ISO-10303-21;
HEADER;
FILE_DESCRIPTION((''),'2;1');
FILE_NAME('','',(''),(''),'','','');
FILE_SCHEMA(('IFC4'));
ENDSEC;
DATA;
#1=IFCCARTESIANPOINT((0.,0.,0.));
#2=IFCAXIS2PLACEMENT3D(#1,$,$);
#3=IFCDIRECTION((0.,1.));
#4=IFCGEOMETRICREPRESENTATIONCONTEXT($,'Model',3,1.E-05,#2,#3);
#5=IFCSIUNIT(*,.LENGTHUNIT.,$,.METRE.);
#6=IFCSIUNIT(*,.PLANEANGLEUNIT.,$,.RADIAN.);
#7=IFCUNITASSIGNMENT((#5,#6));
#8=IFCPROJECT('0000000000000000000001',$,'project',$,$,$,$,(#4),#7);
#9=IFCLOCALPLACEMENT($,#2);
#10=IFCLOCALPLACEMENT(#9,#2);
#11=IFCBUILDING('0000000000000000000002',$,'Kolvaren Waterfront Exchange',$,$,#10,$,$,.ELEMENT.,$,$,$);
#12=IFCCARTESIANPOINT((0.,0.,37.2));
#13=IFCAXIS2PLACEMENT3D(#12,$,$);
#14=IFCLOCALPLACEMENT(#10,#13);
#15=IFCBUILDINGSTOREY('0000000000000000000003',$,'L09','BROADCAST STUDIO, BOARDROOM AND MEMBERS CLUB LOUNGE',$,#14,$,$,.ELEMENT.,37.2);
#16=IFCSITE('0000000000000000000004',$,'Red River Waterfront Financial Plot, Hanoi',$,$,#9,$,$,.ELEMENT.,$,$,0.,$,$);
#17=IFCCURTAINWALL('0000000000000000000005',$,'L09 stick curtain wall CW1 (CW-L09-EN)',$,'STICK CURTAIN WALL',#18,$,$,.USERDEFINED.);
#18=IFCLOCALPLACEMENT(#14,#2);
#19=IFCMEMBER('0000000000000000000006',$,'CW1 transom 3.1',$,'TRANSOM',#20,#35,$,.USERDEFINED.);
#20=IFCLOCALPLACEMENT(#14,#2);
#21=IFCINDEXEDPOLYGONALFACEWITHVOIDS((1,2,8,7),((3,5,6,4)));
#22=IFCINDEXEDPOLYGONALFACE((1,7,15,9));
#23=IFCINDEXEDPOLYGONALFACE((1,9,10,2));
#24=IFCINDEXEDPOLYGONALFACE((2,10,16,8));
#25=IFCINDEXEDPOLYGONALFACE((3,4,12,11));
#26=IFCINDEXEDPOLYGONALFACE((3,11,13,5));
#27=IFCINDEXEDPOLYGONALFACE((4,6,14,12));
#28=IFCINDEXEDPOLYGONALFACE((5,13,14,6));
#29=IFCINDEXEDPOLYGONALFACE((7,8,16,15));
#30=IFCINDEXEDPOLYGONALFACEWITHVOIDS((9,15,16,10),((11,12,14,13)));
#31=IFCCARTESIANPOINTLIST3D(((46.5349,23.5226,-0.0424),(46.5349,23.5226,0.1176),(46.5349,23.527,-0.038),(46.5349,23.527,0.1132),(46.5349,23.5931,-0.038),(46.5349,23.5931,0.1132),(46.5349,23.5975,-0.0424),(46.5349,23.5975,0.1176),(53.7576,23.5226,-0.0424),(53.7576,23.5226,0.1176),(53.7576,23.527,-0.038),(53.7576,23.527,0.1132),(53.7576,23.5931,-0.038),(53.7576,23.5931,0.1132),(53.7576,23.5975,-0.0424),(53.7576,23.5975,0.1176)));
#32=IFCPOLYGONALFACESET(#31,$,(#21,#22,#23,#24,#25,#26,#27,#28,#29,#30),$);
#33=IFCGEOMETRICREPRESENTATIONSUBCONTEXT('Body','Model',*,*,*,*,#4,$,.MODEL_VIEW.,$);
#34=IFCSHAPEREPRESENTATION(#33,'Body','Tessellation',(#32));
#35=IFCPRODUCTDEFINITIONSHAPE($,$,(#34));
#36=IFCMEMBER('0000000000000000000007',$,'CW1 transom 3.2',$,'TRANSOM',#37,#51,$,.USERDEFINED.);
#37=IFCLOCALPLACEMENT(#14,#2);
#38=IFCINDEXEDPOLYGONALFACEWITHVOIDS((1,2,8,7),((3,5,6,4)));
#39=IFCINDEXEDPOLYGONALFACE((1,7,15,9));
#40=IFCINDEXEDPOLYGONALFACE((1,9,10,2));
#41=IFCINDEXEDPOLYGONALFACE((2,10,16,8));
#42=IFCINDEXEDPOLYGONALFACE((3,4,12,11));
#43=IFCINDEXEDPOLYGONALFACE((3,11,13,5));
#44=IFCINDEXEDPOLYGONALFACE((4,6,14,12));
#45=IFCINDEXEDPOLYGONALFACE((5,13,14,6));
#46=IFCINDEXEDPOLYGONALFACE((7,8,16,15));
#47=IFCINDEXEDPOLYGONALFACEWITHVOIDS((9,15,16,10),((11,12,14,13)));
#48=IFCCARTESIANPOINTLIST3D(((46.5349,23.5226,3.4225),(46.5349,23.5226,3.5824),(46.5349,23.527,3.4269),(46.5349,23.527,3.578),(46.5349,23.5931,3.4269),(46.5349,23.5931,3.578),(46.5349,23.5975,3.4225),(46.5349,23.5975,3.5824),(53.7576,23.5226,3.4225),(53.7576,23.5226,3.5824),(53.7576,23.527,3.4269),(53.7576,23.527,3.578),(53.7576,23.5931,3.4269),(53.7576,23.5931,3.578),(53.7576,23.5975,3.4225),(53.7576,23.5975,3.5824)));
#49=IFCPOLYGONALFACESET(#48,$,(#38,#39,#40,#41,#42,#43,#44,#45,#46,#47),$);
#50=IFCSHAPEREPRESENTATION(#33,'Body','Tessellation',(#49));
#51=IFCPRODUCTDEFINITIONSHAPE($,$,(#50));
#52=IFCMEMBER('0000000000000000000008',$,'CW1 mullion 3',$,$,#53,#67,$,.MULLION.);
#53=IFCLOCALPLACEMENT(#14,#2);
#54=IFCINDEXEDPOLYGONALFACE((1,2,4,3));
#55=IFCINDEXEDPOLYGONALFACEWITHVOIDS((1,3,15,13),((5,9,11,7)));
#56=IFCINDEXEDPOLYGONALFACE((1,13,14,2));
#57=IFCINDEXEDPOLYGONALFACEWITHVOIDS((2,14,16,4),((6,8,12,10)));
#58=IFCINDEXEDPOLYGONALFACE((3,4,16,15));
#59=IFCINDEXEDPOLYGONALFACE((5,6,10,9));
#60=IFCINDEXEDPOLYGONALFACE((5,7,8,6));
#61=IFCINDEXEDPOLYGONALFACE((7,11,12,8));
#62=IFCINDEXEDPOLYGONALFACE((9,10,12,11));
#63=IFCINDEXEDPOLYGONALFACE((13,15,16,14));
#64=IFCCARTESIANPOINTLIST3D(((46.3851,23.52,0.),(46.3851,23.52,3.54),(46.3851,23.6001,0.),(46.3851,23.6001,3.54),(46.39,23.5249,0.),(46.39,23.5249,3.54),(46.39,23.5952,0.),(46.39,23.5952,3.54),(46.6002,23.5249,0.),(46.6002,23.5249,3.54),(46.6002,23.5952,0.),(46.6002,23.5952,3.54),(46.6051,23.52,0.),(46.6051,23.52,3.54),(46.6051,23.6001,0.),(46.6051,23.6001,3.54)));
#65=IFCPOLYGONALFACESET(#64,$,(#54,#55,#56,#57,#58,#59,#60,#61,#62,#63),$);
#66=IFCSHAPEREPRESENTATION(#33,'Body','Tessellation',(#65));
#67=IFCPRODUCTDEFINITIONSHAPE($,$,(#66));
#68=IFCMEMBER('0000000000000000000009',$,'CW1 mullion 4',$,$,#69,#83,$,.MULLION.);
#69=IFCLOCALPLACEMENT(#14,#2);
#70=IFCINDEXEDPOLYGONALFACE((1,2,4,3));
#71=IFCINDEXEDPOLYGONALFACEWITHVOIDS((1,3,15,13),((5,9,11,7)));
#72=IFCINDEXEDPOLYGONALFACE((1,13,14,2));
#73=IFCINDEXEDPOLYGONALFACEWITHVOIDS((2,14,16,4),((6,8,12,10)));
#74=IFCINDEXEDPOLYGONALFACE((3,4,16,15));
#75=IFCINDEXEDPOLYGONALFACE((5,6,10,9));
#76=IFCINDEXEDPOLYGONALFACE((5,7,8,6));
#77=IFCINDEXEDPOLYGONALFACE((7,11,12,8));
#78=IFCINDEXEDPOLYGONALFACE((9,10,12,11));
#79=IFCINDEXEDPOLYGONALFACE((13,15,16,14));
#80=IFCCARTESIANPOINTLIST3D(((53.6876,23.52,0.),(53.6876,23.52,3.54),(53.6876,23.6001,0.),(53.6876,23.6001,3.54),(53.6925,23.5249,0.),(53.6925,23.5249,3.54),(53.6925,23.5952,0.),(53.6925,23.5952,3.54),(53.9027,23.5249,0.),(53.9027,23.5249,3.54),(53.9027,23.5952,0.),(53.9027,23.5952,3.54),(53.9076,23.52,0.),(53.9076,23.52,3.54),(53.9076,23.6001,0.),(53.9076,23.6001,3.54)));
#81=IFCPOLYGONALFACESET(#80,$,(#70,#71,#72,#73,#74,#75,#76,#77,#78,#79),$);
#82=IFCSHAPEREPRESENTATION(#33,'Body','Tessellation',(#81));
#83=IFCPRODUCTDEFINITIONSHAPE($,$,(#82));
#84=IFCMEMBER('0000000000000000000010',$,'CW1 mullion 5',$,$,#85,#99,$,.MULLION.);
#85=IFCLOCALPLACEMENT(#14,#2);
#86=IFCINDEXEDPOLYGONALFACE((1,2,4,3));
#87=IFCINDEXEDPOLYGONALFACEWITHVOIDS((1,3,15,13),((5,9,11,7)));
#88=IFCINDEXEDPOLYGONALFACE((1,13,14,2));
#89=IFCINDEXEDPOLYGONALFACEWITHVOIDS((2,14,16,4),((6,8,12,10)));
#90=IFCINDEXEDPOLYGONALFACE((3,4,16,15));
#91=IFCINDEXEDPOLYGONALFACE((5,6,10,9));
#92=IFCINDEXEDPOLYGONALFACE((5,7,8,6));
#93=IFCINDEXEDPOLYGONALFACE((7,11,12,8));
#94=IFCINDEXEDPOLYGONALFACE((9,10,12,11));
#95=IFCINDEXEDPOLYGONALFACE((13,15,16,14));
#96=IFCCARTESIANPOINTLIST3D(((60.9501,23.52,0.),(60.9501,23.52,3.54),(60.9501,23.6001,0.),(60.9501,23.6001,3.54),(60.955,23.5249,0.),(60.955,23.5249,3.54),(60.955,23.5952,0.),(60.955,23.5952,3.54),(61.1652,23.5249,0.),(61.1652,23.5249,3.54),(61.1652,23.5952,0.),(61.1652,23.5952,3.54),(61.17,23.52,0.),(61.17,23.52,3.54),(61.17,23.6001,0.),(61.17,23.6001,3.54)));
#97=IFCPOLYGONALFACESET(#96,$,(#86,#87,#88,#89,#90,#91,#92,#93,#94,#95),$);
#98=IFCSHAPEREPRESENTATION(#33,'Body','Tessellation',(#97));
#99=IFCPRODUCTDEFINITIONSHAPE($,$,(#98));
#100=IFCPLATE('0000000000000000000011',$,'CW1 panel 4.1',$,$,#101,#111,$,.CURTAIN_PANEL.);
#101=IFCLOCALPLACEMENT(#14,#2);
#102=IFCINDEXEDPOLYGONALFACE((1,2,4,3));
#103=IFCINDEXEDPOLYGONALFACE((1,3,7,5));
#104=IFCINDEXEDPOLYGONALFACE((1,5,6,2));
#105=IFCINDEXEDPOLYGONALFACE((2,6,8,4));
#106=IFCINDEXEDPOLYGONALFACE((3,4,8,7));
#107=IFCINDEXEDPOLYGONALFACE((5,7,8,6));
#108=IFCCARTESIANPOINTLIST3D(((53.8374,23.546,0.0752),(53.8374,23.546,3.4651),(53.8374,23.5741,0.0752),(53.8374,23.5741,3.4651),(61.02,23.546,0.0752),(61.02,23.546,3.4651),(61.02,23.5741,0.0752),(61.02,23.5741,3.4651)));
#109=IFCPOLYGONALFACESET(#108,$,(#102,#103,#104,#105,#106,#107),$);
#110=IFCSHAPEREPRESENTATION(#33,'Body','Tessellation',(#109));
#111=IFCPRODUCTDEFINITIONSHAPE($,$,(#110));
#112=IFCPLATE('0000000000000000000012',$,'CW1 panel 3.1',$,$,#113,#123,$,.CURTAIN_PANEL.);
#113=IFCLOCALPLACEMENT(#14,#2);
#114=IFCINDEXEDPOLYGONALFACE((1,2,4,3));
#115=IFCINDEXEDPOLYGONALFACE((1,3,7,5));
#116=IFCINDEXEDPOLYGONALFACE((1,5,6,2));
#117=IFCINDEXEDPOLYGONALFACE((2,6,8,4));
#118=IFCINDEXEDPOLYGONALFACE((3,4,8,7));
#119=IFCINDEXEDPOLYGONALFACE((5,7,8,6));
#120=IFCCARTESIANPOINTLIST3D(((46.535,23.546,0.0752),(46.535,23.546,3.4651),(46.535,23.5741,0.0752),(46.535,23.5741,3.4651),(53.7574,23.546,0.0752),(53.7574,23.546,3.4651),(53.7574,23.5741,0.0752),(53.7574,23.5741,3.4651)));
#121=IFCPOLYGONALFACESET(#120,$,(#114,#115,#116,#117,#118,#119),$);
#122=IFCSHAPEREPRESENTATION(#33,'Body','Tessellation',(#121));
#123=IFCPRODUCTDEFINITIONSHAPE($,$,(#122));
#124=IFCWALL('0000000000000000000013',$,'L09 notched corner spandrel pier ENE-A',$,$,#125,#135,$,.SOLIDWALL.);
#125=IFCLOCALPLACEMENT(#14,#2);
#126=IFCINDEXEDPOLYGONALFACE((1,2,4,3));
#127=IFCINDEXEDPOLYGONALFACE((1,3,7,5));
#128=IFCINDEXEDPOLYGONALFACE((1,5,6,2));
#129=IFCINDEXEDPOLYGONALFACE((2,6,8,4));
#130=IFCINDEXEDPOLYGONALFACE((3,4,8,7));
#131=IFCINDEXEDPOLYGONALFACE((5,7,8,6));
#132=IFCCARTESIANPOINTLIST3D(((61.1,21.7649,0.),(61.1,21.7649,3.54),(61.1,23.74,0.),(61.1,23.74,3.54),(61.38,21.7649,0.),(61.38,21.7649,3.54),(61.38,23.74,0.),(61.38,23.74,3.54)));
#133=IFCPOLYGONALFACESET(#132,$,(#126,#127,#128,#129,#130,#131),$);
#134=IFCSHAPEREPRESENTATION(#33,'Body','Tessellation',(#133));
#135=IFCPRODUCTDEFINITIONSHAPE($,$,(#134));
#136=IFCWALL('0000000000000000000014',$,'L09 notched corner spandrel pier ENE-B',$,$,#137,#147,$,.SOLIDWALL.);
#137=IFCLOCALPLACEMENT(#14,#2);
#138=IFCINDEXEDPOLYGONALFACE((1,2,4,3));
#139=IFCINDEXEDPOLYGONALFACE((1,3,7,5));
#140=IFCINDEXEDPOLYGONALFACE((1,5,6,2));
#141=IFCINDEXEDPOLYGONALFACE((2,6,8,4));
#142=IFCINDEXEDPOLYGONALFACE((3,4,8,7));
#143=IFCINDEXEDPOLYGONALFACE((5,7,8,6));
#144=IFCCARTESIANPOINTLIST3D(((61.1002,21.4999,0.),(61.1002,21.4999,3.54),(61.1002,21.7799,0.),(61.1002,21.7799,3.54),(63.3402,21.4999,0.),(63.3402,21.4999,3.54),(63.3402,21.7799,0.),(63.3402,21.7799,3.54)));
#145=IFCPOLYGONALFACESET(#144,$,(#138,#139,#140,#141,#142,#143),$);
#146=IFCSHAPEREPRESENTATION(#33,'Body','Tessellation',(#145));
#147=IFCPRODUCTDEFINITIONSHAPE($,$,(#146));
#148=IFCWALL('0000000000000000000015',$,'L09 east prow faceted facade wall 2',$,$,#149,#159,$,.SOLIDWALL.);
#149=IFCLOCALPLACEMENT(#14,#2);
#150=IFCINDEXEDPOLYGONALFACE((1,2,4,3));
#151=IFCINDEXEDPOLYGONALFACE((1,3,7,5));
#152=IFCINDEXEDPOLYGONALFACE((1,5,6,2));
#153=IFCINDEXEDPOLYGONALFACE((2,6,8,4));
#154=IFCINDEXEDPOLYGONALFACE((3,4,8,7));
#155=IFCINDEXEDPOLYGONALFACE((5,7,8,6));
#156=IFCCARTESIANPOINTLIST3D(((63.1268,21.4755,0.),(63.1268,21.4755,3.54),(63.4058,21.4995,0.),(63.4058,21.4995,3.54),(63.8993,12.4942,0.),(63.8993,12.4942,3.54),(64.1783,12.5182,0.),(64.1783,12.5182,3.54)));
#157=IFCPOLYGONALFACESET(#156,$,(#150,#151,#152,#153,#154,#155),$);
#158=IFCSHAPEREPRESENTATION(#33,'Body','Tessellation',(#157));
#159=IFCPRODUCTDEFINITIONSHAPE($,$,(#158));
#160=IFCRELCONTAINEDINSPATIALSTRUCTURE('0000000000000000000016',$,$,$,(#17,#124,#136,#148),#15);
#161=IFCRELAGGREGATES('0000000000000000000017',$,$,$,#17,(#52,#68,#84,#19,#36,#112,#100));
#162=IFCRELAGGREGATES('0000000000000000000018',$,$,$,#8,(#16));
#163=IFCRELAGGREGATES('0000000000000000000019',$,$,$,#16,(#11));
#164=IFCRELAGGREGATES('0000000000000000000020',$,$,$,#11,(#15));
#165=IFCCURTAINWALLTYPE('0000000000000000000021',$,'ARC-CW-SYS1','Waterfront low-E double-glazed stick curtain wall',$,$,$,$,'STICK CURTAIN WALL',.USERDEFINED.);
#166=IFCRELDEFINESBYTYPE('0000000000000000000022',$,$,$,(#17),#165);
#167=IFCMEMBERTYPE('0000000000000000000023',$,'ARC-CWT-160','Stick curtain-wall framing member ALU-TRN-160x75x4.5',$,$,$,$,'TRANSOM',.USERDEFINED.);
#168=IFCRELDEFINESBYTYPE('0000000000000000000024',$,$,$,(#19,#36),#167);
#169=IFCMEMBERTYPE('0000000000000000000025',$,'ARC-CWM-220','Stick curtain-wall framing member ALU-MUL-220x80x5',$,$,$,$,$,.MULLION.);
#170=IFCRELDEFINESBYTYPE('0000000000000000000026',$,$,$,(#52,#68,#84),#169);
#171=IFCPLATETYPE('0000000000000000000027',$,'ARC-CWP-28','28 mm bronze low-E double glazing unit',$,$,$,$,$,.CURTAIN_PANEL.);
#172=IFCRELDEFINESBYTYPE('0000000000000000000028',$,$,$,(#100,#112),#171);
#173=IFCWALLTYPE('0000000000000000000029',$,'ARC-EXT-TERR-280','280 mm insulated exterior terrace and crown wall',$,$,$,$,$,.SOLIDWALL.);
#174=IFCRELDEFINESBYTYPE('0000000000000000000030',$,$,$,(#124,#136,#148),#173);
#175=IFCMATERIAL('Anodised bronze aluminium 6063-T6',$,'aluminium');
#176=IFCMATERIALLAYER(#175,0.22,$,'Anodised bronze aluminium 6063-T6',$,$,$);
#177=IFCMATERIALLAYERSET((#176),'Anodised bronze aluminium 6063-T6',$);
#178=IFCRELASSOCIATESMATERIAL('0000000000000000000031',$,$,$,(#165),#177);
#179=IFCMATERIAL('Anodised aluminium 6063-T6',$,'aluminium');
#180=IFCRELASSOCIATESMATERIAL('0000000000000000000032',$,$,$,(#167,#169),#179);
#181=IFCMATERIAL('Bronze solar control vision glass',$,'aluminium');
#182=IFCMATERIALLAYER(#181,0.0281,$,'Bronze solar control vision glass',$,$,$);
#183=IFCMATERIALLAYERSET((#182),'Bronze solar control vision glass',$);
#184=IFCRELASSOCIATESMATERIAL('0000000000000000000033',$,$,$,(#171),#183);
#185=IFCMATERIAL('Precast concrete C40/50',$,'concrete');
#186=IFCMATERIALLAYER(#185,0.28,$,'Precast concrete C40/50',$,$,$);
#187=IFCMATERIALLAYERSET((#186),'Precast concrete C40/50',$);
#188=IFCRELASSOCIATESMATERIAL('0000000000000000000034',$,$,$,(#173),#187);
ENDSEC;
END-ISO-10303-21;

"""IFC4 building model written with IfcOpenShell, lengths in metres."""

from ifc_helpers import new_model, si_unit, direction, frame, frame_2d, origin, origin_with_axes, origin_2d, place, context, subcontext, project, spatial, rectangle, hollow_rectangle, extrude, source, transform, mapped, material, layer, layer_set, material_profile, profile_set, type_object, element, aggregate, save


model = new_model("IFC4")

# Units and contexts
model_context = context("Model", 3, precision=1e-05, world=origin(), true_north=direction((0.0, 1.0)))
body_context = subcontext(model_context, "Body", "Model", "MODEL_VIEW")
ifc_project = project(units=[si_unit("LENGTHUNIT", "METRE"), si_unit("PLANEANGLEUNIT", "RADIAN")], contexts=[model_context])

# Site, building, storey
site_placement = place(None, origin())
site = spatial("IfcSite", under=ifc_project, at=site_placement, Name="Red River Waterfront Financial Plot, Hanoi", CompositionType="ELEMENT", RefElevation=0.0)
building_placement = place(site_placement, origin())
building = spatial("IfcBuilding", under=site, at=building_placement, Name="Kolvaren Waterfront Exchange", CompositionType="ELEMENT")
storey_placement = place(building_placement, frame((0.0, 0.0, 37.2)))
storey = spatial("IfcBuildingStorey", under=building, at=storey_placement, Name="L09", Description="BROADCAST STUDIO, BOARDROOM AND MEMBERS CLUB LOUNGE", CompositionType="ELEMENT", Elevation=37.2)

# Curtain wall, members, plates
ifc_material_1 = material(Name="Anodised bronze aluminium 6063-T6", Category="aluminium")
ifc_layer_1 = layer(ifc_material_1, 0.22, Name="Anodised bronze aluminium 6063-T6")
ifc_layer_set_1 = layer_set([ifc_layer_1], Name="Anodised bronze aluminium 6063-T6")
curtain_wall_type = type_object("IfcCurtainWallType", Name="ARC-CW-SYS1", Description="Waterfront low-E double-glazed stick curtain wall", ElementType="STICK CURTAIN WALL", PredefinedType="USERDEFINED", material=ifc_layer_set_1)
curtain_wall_placement = place(storey_placement, origin())
curtain_wall = element("IfcCurtainWall", 1, at=curtain_wall_placement, inside=storey, type_object=curtain_wall_type, Name="L09 stick curtain wall CW1 (CW-L09-EN)", ObjectType="STICK CURTAIN WALL", PredefinedType="USERDEFINED")
ifc_material_2 = material(Name="Anodised aluminium 6063-T6", Category="aluminium")
ifc_material_profile_1 = material_profile(ifc_material_2, hollow_rectangle(XDim=0.075, YDim=0.1599, WallThickness=0.0044, at=origin_2d()), Name="ALU-TRN-160x75x4.5")
ifc_profile_set_1 = profile_set([ifc_material_profile_1], Name="Anodised aluminium 6063-T6")
member_type_1 = type_object("IfcMemberType", Name="ARC-CWT-160", Description="Stick curtain-wall framing member ALU-TRN-160x75x4.5", ElementType="TRANSOM", PredefinedType="USERDEFINED", material=ifc_profile_set_1)
shared_shape_1 = source(origin_with_axes(), body_context, "Body", "SweptSolid", [
    extrude(hollow_rectangle(XDim=0.075, YDim=0.1599, WallThickness=0.0044, at=origin_2d()), origin(), (0.0, 0.0, 1.0), 7.2227),
])
member_1_placement = place(storey_placement, frame((46.5349, 23.5601, 0.0376), z_axis=(1.0, 0.0, 0.0), x_axis=(0.0, 1.0, 0.0)))
member_1 = element("IfcMember", 2, at=member_1_placement, type_object=member_type_1, Name="CW1 transom 3.1", ObjectType="TRANSOM", PredefinedType="USERDEFINED", context=body_context, shape_type="MappedRepresentation", body=[
    mapped(shared_shape_1, transform((0.0, 0.0, 0.0), x_axis=(1.0, 0.0, 0.0), y_axis=(0.0, 1.0, 0.0), z_axis=(0.0, 0.0, 1.0), scale=1.0)),
])
member_2_placement = place(storey_placement, frame((46.5349, 23.5601, 3.5024), z_axis=(1.0, 0.0, 0.0), x_axis=(0.0, 1.0, 0.0)))
member_2 = element("IfcMember", 3, at=member_2_placement, type_object=member_type_1, Name="CW1 transom 3.2", ObjectType="TRANSOM", PredefinedType="USERDEFINED", context=body_context, shape_type="MappedRepresentation", body=[
    mapped(shared_shape_1, transform((0.0, 0.0, 0.0), x_axis=(1.0, 0.0, 0.0), y_axis=(0.0, 1.0, 0.0), z_axis=(0.0, 0.0, 1.0), scale=1.0)),
])
ifc_material_profile_2 = material_profile(ifc_material_2, hollow_rectangle(XDim=0.0801, YDim=0.22, WallThickness=0.0049, at=origin_2d()), Name="ALU-MUL-220x80x5")
ifc_profile_set_2 = profile_set([ifc_material_profile_2], Name="Anodised aluminium 6063-T6")
member_type_2 = type_object("IfcMemberType", Name="ARC-CWM-220", Description="Stick curtain-wall framing member ALU-MUL-220x80x5", PredefinedType="MULLION", material=ifc_profile_set_2)
shared_shape_2 = source(origin_with_axes(), body_context, "Body", "SweptSolid", [
    extrude(hollow_rectangle(XDim=0.0801, YDim=0.22, WallThickness=0.0049, at=origin_2d()), origin(), (0.0, 0.0, 1.0), 3.54),
])
member_3_placement = place(storey_placement, frame((46.4951, 23.5601, 0.0), z_axis=(0.0, 0.0, 1.0), x_axis=(0.0, 1.0, 0.0)))
member_3 = element("IfcMember", 4, at=member_3_placement, type_object=member_type_2, Name="CW1 mullion 3", PredefinedType="MULLION", context=body_context, shape_type="MappedRepresentation", body=[
    mapped(shared_shape_2, transform((0.0, 0.0, 0.0), x_axis=(1.0, 0.0, 0.0), y_axis=(0.0, 1.0, 0.0), z_axis=(0.0, 0.0, 1.0), scale=1.0)),
])
member_4_placement = place(storey_placement, frame((53.7976, 23.5601, 0.0), z_axis=(0.0, 0.0, 1.0), x_axis=(0.0, 1.0, 0.0)))
member_4 = element("IfcMember", 5, at=member_4_placement, type_object=member_type_2, Name="CW1 mullion 4", PredefinedType="MULLION", context=body_context, shape_type="MappedRepresentation", body=[
    mapped(shared_shape_2, transform((0.0, 0.0, 0.0), x_axis=(1.0, 0.0, 0.0), y_axis=(0.0, 1.0, 0.0), z_axis=(0.0, 0.0, 1.0), scale=1.0)),
])
member_5_placement = place(storey_placement, frame((61.0601, 23.5601, 0.0), z_axis=(0.0, 0.0, 1.0), x_axis=(0.0, 1.0, 0.0)))
member_5 = element("IfcMember", 6, at=member_5_placement, type_object=member_type_2, Name="CW1 mullion 5", PredefinedType="MULLION", context=body_context, shape_type="MappedRepresentation", body=[
    mapped(shared_shape_2, transform((0.0, 0.0, 0.0), x_axis=(1.0, 0.0, 0.0), y_axis=(0.0, 1.0, 0.0), z_axis=(0.0, 0.0, 1.0), scale=1.0)),
])
ifc_material_3 = material(Name="Bronze solar control vision glass", Category="aluminium")
ifc_layer_2 = layer(ifc_material_3, 0.0281, Name="Bronze solar control vision glass")
ifc_layer_set_2 = layer_set([ifc_layer_2], Name="Bronze solar control vision glass")
plate_type = type_object("IfcPlateType", Name="ARC-CWP-28", Description="28 mm bronze low-E double glazing unit", PredefinedType="CURTAIN_PANEL", material=ifc_layer_set_2)
shared_shape_3 = source(origin_with_axes(), body_context, "Body", "SweptSolid", [
    extrude(rectangle(XDim=7.1826, YDim=0.0281, at=origin_2d()), origin(), (0.0, 0.0, 1.0), 3.3899),
])
plate_1_placement = place(storey_placement, frame((57.4287, 23.5601, 0.0752), z_axis=(0.0, 0.0, 1.0), x_axis=(1.0, 0.0, 0.0)))
plate_1 = element("IfcPlate", 7, at=plate_1_placement, type_object=plate_type, Name="CW1 panel 4.1", PredefinedType="CURTAIN_PANEL", context=body_context, shape_type="MappedRepresentation", body=[
    mapped(shared_shape_3, transform((0.0, 0.0, 0.0), x_axis=(1.0, 0.0, 0.0), y_axis=(0.0, 1.0, 0.0), z_axis=(0.0, 0.0, 1.0), scale=1.0)),
])
shared_shape_4 = source(origin_with_axes(), body_context, "Body", "SweptSolid", [
    extrude(rectangle(XDim=7.2224, YDim=0.0281, at=origin_2d()), origin(), (0.0, 0.0, 1.0), 3.3899),
])
plate_2_placement = place(storey_placement, frame((50.1462, 23.5601, 0.0752), z_axis=(0.0, 0.0, 1.0), x_axis=(1.0, 0.0, 0.0)))
plate_2 = element("IfcPlate", 8, at=plate_2_placement, type_object=plate_type, Name="CW1 panel 3.1", PredefinedType="CURTAIN_PANEL", context=body_context, shape_type="MappedRepresentation", body=[
    mapped(shared_shape_4, transform((0.0, 0.0, 0.0), x_axis=(1.0, 0.0, 0.0), y_axis=(0.0, 1.0, 0.0), z_axis=(0.0, 0.0, 1.0), scale=1.0)),
])
aggregate(curtain_wall, [member_3, member_4, member_5, member_1, member_2, plate_2, plate_1])

# Walls
ifc_material_4 = material(Name="Precast concrete C40/50", Category="concrete")
ifc_layer_3 = layer(ifc_material_4, 0.28, Name="Precast concrete C40/50")
ifc_layer_set_3 = layer_set([ifc_layer_3], Name="Precast concrete C40/50")
wall_type = type_object("IfcWallType", Name="ARC-EXT-TERR-280", Description="280 mm insulated exterior terrace and crown wall", PredefinedType="SOLIDWALL", material=ifc_layer_set_3)
wall_1_placement = place(storey_placement, frame((61.24, 21.7649, 0.0), z_axis=(0.0, 0.0, 1.0), x_axis=(0.0, 1.0, 0.0)))
element("IfcWall", 9, at=wall_1_placement, inside=storey, type_object=wall_type, Name="L09 notched corner spandrel pier ENE-A", PredefinedType="SOLIDWALL", context=body_context, shape_type="SweptSolid", body=[
    extrude(rectangle(XDim=1.9751, YDim=0.28, at=frame_2d((0.9875, 0.0))), origin(), (0.0, 0.0, 1.0), 3.54),
])
wall_2_placement = place(storey_placement, frame((61.1001, 21.6399, 0.0), z_axis=(0.0, 0.0, 1.0), x_axis=(1.0, 0.0, 0.0)))
element("IfcWall", 10, at=wall_2_placement, inside=storey, type_object=wall_type, Name="L09 notched corner spandrel pier ENE-B", PredefinedType="SOLIDWALL", context=body_context, shape_type="SweptSolid", body=[
    extrude(rectangle(XDim=2.24, YDim=0.28, at=frame_2d((1.1201, 0.0))), origin(), (0.0, 0.0, 1.0), 3.54),
])
wall_3_placement = place(storey_placement, frame((64.0388, 12.5061, 0.0), z_axis=(0.0, 0.0, 1.0), x_axis=(-0.085692, 0.996322, 0.0)))
element("IfcWall", 11, at=wall_3_placement, inside=storey, type_object=wall_type, Name="L09 east prow faceted facade wall 2", PredefinedType="SOLIDWALL", context=body_context, shape_type="SweptSolid", body=[
    extrude(rectangle(XDim=9.0144, YDim=0.28, at=frame_2d((4.5073, 0.0))), origin(), (0.0, 0.0, 1.0), 3.54),
])

save(model, "model.ifc")
